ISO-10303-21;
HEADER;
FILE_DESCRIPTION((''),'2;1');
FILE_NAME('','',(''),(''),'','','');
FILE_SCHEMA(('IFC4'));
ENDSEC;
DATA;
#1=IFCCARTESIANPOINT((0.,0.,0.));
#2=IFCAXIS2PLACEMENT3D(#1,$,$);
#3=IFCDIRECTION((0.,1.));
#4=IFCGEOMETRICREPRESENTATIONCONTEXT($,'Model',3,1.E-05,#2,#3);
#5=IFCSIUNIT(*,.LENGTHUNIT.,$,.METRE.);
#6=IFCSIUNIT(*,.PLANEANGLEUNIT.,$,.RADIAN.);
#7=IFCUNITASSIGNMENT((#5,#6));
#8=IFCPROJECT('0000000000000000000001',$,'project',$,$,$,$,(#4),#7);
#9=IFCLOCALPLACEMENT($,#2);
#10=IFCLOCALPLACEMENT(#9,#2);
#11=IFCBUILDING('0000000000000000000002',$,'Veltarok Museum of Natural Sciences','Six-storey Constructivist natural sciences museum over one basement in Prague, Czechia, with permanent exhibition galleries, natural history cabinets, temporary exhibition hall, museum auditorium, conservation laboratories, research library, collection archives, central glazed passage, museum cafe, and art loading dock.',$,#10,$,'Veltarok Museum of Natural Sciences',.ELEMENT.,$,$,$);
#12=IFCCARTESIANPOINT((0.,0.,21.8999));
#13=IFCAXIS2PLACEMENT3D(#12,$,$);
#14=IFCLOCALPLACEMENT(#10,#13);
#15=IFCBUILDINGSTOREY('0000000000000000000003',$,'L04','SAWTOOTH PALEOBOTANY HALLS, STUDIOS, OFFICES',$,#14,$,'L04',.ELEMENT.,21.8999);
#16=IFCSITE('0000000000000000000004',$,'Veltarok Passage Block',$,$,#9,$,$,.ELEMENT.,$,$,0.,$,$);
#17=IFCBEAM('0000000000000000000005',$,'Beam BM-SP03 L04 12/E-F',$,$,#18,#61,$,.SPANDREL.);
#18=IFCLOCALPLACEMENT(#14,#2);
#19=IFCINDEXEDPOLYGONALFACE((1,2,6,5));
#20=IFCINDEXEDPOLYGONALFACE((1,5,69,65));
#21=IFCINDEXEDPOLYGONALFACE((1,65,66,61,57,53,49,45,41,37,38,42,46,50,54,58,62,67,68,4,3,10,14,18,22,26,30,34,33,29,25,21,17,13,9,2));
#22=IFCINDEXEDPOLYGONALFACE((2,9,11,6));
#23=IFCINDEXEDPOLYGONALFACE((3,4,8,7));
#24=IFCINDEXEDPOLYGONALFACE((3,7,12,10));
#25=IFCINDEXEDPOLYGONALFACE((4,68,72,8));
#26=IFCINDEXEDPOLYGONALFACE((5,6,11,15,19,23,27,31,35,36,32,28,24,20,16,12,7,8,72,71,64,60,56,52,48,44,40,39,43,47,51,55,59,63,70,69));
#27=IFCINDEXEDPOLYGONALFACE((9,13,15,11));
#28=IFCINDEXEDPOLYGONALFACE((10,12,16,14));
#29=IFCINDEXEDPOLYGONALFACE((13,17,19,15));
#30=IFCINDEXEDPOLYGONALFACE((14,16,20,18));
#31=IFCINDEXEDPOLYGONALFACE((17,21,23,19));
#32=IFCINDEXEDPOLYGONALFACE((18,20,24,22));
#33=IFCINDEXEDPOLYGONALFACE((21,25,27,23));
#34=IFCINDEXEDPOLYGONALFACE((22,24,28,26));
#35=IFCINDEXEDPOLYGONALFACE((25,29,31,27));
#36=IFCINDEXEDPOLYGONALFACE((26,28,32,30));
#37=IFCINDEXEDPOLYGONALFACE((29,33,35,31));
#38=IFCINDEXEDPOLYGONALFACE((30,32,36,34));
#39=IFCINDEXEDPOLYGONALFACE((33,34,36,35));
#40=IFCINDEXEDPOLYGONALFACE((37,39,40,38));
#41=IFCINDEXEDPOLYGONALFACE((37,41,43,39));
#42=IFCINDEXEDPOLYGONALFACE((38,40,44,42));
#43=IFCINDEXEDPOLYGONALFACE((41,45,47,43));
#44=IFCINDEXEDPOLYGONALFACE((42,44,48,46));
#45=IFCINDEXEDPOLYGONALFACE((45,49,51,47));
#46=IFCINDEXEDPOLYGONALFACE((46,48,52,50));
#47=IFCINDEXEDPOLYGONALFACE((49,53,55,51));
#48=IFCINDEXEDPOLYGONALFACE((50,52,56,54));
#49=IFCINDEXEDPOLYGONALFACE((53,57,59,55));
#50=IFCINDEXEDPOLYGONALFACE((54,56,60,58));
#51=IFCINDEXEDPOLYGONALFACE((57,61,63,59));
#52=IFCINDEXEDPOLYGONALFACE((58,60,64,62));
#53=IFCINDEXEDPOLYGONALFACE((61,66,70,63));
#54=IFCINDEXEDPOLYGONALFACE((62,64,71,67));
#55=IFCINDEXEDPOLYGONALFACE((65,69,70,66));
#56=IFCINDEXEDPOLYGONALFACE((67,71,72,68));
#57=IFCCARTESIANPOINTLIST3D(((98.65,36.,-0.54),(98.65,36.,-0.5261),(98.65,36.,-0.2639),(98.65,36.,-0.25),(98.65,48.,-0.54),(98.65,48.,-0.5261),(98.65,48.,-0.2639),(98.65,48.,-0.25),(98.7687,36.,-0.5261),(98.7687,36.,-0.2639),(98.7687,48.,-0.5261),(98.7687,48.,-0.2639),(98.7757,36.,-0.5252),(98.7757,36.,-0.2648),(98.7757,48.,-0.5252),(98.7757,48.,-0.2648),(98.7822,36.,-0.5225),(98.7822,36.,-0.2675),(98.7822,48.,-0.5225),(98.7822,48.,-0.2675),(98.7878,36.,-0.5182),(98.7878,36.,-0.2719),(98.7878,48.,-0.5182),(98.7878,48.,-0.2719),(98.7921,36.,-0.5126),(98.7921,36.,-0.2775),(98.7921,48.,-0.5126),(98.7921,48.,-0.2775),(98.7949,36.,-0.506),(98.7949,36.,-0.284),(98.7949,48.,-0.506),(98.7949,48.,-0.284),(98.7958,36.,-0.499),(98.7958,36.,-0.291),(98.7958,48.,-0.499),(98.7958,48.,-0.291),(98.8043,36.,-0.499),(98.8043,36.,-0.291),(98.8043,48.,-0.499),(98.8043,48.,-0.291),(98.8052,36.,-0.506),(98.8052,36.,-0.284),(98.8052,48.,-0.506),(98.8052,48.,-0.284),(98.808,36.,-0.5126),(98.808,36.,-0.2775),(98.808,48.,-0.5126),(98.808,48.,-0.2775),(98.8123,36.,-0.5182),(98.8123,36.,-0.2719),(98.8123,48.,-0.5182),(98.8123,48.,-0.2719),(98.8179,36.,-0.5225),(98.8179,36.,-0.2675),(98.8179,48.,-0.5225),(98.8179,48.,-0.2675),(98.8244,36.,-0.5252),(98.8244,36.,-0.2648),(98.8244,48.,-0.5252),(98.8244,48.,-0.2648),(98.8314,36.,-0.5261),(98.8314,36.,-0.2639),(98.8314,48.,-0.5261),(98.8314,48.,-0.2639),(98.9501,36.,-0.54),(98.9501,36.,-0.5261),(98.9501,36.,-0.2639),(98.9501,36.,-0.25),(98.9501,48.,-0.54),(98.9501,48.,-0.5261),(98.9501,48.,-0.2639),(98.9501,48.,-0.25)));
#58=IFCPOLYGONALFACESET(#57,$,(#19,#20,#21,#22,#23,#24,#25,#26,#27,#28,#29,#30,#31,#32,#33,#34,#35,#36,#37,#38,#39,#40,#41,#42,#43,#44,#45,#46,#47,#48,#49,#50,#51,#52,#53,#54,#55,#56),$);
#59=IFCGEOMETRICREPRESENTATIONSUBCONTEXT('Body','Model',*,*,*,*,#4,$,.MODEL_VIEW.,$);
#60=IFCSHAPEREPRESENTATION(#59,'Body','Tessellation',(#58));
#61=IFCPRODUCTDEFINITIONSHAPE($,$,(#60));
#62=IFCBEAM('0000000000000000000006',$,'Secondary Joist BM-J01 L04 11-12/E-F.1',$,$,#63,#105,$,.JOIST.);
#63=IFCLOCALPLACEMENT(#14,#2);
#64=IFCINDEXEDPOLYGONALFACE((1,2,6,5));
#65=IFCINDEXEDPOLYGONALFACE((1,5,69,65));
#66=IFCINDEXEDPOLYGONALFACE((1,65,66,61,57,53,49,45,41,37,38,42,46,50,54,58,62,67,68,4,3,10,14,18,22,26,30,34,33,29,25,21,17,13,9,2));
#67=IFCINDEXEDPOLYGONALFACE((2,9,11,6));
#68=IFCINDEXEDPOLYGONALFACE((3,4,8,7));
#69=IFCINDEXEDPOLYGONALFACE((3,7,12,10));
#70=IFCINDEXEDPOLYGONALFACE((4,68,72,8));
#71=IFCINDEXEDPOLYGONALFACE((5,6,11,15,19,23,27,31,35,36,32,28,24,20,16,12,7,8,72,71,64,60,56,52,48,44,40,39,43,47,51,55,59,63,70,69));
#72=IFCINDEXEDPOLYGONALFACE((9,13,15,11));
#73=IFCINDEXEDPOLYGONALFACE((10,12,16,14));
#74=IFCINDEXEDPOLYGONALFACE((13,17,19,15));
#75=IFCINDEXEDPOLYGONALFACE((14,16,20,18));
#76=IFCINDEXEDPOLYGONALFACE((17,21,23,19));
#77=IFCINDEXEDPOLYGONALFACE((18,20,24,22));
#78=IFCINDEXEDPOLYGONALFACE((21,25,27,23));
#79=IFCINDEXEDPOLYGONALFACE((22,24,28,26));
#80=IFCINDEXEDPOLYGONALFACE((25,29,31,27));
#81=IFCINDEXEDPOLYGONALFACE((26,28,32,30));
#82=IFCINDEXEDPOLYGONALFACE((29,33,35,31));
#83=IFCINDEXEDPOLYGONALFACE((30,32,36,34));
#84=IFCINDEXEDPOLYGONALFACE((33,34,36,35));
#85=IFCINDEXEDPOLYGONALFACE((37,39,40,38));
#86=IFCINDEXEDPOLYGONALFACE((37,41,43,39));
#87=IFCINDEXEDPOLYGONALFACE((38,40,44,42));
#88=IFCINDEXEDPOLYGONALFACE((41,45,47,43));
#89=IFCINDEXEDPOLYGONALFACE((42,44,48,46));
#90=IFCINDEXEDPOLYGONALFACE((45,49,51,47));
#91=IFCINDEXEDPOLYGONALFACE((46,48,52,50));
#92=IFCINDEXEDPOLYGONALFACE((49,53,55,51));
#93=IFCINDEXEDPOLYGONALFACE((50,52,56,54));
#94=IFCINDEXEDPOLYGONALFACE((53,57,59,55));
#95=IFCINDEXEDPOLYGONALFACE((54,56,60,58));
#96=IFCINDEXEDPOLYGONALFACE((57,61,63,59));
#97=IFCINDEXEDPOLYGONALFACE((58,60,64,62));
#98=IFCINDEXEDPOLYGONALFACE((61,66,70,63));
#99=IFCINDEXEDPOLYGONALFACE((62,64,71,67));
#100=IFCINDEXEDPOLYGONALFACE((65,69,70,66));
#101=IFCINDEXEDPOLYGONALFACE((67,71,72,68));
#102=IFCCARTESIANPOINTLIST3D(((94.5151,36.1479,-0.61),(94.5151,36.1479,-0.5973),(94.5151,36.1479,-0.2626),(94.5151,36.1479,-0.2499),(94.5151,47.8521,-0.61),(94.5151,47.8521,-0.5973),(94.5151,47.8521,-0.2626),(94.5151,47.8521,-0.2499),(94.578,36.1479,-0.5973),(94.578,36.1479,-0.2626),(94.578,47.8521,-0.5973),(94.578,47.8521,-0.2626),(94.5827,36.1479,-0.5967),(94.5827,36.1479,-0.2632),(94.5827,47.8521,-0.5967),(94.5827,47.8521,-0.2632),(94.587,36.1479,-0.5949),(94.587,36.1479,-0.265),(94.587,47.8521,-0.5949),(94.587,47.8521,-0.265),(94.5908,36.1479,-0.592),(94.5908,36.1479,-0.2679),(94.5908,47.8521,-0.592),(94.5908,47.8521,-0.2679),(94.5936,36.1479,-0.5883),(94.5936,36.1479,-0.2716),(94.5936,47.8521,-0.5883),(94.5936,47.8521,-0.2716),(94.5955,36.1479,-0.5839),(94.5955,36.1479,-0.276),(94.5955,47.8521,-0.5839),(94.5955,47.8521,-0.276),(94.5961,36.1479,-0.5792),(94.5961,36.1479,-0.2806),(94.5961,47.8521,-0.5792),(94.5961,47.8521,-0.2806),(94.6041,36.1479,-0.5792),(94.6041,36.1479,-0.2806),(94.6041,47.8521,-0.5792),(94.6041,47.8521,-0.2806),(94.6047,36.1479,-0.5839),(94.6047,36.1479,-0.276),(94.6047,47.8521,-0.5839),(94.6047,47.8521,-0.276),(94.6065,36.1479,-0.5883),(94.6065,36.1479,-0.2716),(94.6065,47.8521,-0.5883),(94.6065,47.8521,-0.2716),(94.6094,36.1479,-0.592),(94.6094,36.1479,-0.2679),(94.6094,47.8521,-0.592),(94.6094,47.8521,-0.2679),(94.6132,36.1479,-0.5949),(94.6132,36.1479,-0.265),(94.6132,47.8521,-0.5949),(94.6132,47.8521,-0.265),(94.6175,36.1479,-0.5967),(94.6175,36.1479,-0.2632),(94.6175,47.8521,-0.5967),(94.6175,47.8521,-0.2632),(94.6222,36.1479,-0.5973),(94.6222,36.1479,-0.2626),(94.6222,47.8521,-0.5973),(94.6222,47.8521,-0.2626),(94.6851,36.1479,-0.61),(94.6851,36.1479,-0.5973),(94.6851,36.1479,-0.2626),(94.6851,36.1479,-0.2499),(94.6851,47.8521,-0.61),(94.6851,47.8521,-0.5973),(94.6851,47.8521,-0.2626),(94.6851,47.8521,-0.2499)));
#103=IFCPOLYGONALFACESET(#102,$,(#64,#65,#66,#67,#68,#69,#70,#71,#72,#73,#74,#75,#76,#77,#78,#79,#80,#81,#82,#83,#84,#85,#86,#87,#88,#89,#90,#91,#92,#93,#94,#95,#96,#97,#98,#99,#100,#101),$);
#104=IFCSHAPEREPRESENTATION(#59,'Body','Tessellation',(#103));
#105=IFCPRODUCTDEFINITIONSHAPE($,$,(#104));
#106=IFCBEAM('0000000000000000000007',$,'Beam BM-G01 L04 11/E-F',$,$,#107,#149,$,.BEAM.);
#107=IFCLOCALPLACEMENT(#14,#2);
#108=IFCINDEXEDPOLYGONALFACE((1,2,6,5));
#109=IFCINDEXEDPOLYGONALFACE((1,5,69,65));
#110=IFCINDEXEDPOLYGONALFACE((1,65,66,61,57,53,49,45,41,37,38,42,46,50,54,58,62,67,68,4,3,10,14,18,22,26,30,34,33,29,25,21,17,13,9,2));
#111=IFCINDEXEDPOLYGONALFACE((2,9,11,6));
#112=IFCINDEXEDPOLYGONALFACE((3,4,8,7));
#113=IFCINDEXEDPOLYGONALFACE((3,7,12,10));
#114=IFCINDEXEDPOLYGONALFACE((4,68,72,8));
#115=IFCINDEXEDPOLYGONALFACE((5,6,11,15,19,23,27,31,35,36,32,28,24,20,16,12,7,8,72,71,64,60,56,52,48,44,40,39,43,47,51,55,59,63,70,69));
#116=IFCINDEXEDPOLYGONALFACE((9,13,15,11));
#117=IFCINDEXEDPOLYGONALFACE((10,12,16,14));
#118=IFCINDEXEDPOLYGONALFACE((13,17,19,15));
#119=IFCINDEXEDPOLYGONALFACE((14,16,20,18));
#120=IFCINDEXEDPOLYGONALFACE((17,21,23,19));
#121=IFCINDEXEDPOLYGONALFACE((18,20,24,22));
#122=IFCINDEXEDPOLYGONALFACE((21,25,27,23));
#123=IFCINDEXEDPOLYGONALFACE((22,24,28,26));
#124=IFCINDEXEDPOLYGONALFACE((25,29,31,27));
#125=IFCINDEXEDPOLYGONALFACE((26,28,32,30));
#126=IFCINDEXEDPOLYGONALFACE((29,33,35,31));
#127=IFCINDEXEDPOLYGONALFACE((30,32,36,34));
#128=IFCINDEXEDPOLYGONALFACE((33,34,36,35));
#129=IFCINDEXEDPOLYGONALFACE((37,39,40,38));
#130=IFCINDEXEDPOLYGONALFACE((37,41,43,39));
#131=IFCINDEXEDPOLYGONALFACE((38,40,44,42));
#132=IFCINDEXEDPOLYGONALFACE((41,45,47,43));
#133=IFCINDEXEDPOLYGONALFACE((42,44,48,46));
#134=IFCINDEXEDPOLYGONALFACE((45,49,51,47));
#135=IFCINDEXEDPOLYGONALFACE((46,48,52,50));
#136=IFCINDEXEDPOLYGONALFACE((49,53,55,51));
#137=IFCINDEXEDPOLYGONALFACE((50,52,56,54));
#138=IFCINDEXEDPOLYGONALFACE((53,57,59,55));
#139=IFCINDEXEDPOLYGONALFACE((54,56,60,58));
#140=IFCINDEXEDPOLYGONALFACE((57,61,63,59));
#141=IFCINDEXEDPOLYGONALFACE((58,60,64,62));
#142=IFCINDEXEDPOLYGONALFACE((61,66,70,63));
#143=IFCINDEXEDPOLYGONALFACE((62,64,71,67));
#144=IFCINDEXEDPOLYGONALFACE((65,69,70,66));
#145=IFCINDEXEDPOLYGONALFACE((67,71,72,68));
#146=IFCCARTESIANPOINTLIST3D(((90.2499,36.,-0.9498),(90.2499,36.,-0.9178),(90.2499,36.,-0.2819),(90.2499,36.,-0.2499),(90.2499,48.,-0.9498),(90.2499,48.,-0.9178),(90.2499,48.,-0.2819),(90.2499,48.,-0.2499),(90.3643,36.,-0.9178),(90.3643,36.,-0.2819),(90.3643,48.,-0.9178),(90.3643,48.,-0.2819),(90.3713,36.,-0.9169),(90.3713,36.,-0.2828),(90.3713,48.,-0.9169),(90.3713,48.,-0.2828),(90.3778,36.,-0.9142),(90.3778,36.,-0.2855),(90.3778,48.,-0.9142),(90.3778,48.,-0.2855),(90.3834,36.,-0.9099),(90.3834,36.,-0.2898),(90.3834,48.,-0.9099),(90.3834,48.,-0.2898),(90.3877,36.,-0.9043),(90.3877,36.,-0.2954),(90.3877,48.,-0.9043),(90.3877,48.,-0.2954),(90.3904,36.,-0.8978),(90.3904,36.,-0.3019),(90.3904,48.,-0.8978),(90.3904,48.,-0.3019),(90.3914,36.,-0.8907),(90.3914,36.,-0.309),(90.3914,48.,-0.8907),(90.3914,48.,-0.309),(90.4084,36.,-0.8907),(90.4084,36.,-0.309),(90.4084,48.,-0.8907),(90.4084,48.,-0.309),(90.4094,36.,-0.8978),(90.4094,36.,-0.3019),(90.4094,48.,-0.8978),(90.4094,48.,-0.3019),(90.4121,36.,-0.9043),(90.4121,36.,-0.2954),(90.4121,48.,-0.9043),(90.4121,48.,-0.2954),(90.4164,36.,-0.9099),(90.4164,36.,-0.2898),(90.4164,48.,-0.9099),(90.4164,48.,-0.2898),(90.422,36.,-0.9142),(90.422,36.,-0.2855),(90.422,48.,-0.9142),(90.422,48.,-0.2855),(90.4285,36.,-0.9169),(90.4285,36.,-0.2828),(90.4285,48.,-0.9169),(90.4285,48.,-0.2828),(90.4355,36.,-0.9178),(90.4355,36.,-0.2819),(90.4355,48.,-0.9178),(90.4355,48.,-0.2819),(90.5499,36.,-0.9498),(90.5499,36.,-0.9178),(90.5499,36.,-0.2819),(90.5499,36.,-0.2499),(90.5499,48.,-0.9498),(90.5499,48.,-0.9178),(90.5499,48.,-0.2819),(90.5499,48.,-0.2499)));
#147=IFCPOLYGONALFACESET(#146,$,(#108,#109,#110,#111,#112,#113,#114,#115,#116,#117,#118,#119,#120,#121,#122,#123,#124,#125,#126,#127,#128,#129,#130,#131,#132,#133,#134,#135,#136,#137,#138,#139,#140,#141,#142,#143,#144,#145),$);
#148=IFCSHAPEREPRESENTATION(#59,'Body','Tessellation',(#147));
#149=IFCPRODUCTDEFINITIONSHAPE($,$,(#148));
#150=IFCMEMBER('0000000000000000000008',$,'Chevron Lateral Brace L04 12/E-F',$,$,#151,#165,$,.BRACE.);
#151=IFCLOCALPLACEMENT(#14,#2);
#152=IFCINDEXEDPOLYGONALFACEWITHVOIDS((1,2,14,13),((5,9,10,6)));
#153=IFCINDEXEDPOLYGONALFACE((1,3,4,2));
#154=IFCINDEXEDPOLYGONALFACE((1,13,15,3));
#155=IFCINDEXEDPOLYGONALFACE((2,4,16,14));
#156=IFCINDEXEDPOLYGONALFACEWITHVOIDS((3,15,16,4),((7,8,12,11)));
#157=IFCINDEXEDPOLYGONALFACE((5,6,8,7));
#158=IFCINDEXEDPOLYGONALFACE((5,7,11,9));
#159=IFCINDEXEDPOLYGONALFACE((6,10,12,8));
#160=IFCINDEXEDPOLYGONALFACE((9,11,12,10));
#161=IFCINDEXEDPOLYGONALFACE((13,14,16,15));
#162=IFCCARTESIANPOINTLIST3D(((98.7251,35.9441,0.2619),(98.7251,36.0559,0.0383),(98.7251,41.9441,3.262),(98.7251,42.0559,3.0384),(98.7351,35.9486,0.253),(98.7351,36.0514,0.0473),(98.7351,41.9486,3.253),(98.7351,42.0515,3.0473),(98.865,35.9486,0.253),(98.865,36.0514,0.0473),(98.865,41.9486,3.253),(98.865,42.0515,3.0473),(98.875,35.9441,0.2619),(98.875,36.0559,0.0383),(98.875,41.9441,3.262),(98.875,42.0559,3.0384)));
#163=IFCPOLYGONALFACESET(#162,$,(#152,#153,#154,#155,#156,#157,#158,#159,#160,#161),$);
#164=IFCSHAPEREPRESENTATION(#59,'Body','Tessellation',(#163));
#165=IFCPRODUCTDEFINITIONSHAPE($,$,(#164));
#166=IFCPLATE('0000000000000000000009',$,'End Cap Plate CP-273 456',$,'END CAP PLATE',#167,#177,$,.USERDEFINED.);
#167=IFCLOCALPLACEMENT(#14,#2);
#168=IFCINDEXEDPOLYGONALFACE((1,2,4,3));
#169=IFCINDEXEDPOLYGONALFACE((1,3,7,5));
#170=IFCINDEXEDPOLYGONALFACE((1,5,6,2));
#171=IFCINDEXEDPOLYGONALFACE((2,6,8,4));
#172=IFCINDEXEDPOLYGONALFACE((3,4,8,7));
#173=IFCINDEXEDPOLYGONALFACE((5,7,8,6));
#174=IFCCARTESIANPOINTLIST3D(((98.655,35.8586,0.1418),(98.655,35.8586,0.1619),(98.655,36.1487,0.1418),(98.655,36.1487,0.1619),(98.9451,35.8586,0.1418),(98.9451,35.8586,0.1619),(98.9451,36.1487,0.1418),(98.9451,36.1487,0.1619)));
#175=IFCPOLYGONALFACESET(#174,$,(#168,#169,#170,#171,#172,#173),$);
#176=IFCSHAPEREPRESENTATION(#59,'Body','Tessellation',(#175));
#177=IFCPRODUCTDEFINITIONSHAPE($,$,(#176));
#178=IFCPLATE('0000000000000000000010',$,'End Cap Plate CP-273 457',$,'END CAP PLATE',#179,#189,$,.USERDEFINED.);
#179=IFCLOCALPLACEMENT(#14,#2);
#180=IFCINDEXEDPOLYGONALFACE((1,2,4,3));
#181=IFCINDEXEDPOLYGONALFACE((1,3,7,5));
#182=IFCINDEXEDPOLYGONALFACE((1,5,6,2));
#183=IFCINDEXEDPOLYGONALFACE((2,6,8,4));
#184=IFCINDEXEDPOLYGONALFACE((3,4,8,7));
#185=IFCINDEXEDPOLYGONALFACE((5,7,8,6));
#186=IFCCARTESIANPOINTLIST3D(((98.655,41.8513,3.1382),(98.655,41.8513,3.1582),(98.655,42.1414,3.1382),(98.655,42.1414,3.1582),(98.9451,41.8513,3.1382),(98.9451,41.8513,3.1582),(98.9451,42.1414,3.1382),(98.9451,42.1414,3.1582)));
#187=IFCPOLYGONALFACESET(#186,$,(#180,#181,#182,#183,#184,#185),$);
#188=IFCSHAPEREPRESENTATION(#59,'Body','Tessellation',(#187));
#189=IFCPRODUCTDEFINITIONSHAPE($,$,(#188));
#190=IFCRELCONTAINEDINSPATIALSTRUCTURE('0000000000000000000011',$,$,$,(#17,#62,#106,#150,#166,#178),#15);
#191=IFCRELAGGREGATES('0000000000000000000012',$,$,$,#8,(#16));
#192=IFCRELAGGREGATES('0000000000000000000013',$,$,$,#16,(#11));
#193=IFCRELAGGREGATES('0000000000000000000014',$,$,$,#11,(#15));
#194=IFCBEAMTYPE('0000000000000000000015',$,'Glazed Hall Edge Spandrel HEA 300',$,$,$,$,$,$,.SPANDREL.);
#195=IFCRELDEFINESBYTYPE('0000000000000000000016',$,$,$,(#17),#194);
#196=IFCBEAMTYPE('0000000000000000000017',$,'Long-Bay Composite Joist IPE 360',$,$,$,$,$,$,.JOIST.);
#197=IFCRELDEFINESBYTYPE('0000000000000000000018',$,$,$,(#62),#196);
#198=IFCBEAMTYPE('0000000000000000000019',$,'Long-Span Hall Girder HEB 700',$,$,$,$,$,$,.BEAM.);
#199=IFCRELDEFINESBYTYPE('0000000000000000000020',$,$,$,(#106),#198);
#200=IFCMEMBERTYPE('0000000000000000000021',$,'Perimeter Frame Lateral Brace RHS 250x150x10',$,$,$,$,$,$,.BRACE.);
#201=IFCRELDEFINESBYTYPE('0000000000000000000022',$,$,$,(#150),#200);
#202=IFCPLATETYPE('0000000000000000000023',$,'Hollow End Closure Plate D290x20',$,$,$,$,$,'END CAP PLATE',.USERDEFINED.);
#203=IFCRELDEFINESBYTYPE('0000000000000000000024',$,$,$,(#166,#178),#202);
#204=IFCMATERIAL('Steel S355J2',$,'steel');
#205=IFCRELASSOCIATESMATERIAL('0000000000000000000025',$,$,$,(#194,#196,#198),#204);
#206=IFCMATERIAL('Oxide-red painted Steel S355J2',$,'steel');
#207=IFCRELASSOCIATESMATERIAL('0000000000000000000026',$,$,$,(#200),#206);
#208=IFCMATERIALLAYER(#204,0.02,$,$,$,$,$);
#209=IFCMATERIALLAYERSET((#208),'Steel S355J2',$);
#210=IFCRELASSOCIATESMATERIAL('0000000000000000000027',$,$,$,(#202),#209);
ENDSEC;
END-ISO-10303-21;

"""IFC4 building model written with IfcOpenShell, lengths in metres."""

from ifc_helpers import new_model, si_unit, direction, frame, origin, origin_2d, place, context, subcontext, project, spatial, rectangle, hollow_rectangle, i_section, extrude, material, layer, layer_set, material_profile, profile_set, type_object, element, save


model = new_model("IFC4")

# Units and contexts
model_context = context("Model", 3, precision=1e-05, world=origin(), true_north=direction((0.0, 1.0)))
body_context = subcontext(model_context, "Body", "Model", "MODEL_VIEW")
ifc_project = project(units=[si_unit("LENGTHUNIT", "METRE"), si_unit("PLANEANGLEUNIT", "RADIAN")], contexts=[model_context])

# Site, building, storey
site_placement = place(None, origin())
site = spatial("IfcSite", under=ifc_project, at=site_placement, Name="Veltarok Passage Block", CompositionType="ELEMENT", RefElevation=0.0)
building_placement = place(site_placement, origin())
building = spatial("IfcBuilding", under=site, at=building_placement, Name="Veltarok Museum of Natural Sciences", Description="Six-storey Constructivist natural sciences museum over one basement in Prague, Czechia, with permanent exhibition galleries, natural history cabinets, temporary exhibition hall, museum auditorium, conservation laboratories, research library, collection archives, central glazed passage, museum cafe, and art loading dock.", LongName="Veltarok Museum of Natural Sciences", CompositionType="ELEMENT")
storey_placement = place(building_placement, frame((0.0, 0.0, 21.8999)))
storey = spatial("IfcBuildingStorey", under=building, at=storey_placement, Name="L04", Description="SAWTOOTH PALEOBOTANY HALLS, STUDIOS, OFFICES", LongName="L04", CompositionType="ELEMENT", Elevation=21.8999)

# Shared definitions
ifc_material_1 = material(Name="Steel S355J2", Category="steel")

# Beams
ifc_material_profile_1 = material_profile(ifc_material_1, i_section(OverallWidth=0.3, OverallDepth=0.29, WebThickness=0.0085, FlangeThickness=0.0139, FilletRadius=0.0271, at=origin_2d()), Name="HEA 300")
ifc_profile_set_1 = profile_set([ifc_material_profile_1], Name="Steel S355J2")
beam_type_1 = type_object("IfcBeamType", Name="Glazed Hall Edge Spandrel HEA 300", PredefinedType="SPANDREL", material=ifc_profile_set_1)
beam_1_placement = place(storey_placement, frame((98.8, 36.0, -0.395), z_axis=(0.0, 1.0, 0.0), x_axis=(-1.0, 0.0, 0.0)))
element("IfcBeam", 1, at=beam_1_placement, inside=storey, type_object=beam_type_1, Name="Beam BM-SP03 L04 12/E-F", PredefinedType="SPANDREL", context=body_context, shape_type="SweptSolid", body=[
    extrude(i_section(OverallWidth=0.3, OverallDepth=0.29, WebThickness=0.0085, FlangeThickness=0.0139, FilletRadius=0.0271, at=origin_2d()), origin(), (0.0, 0.0, 1.0), 12.0),
])
ifc_material_profile_2 = material_profile(ifc_material_1, i_section(OverallWidth=0.1699, OverallDepth=0.3601, WebThickness=0.0081, FlangeThickness=0.0127, FilletRadius=0.0181, at=origin_2d()), Name="IPE 360")
ifc_profile_set_2 = profile_set([ifc_material_profile_2], Name="Steel S355J2")
beam_type_2 = type_object("IfcBeamType", Name="Long-Bay Composite Joist IPE 360", PredefinedType="JOIST", material=ifc_profile_set_2)
beam_2_placement = place(storey_placement, frame((94.6001, 36.1479, -0.4299), z_axis=(0.0, 1.0, 0.0), x_axis=(-1.0, 0.0, 0.0)))
element("IfcBeam", 2, at=beam_2_placement, inside=storey, type_object=beam_type_2, Name="Secondary Joist BM-J01 L04 11-12/E-F.1", PredefinedType="JOIST", context=body_context, shape_type="SweptSolid", body=[
    extrude(i_section(OverallWidth=0.1699, OverallDepth=0.3601, WebThickness=0.0081, FlangeThickness=0.0127, FilletRadius=0.0181, at=origin_2d()), origin(), (0.0, 0.0, 1.0), 11.7041),
])
ifc_material_profile_3 = material_profile(ifc_material_1, i_section(OverallWidth=0.3, OverallDepth=0.7, WebThickness=0.0171, FlangeThickness=0.032, FilletRadius=0.0271, at=origin_2d()), Name="HEB 700")
ifc_profile_set_3 = profile_set([ifc_material_profile_3], Name="Steel S355J2")
beam_type_3 = type_object("IfcBeamType", Name="Long-Span Hall Girder HEB 700", PredefinedType="BEAM", material=ifc_profile_set_3)
beam_3_placement = place(storey_placement, frame((90.3999, 36.0, -0.5999), z_axis=(0.0, 1.0, 0.0), x_axis=(-1.0, 0.0, 0.0)))
element("IfcBeam", 3, at=beam_3_placement, inside=storey, type_object=beam_type_3, Name="Beam BM-G01 L04 11/E-F", PredefinedType="BEAM", context=body_context, shape_type="SweptSolid", body=[
    extrude(i_section(OverallWidth=0.3, OverallDepth=0.7, WebThickness=0.0171, FlangeThickness=0.032, FilletRadius=0.0271, at=origin_2d()), origin(), (0.0, 0.0, 1.0), 12.0),
])

# Member
ifc_material_2 = material(Name="Oxide-red painted Steel S355J2", Category="steel")
ifc_material_profile_4 = material_profile(ifc_material_2, hollow_rectangle(XDim=0.1499, YDim=0.25, WallThickness=0.01, at=origin_2d()), Name="RHS 250x150x10")
ifc_profile_set_4 = profile_set([ifc_material_profile_4], Name="Oxide-red painted Steel S355J2")
member_type_1 = type_object("IfcMemberType", Name="Perimeter Frame Lateral Brace RHS 250x150x10", PredefinedType="BRACE", material=ifc_profile_set_4)
member_1_placement = place(storey_placement, frame((98.8, 36.0, 0.1501), z_axis=(0.0, 0.894427, 0.447214), x_axis=(-1.0, 0.0, 0.0)))
element("IfcMember", 4, at=member_1_placement, inside=storey, type_object=member_type_1, Name="Chevron Lateral Brace L04 12/E-F", PredefinedType="BRACE", context=body_context, shape_type="SweptSolid", body=[
    extrude(hollow_rectangle(XDim=0.1499, YDim=0.25, WallThickness=0.01, at=origin_2d()), origin(), (0.0, 0.0, 1.0), 6.7083),
])

# Plates
ifc_layer_1 = layer(ifc_material_1, 0.02)
ifc_layer_set_1 = layer_set([ifc_layer_1], Name="Steel S355J2")
plate_type_1 = type_object("IfcPlateType", Name="Hollow End Closure Plate D290x20", ElementType="END CAP PLATE", PredefinedType="USERDEFINED", material=ifc_layer_set_1)
for number, where, z_axis, x_axis, name in (
    (5, (98.8, 36.0037, 0.1418), (0.0, 0.0, 1.0), (0.0, 1.0, 0.0), "End Cap Plate CP-273 456"),
    (6, (98.8, 41.9963, 3.1382), (0.0, 0.0, 1.0), (0.0, 1.0, 0.0), "End Cap Plate CP-273 457"),
):
    element("IfcPlate", number, at=place(storey_placement, frame(where, z_axis=z_axis, x_axis=x_axis)), inside=storey, type_object=plate_type_1, Name=name, ObjectType="END CAP PLATE", PredefinedType="USERDEFINED", context=body_context, shape_type="SweptSolid", body=[
        extrude(rectangle(XDim=0.29, YDim=0.29, at=origin_2d()), origin(), (0.0, 0.0, 1.0), 0.02),
    ])

save(model, "model.ifc")
